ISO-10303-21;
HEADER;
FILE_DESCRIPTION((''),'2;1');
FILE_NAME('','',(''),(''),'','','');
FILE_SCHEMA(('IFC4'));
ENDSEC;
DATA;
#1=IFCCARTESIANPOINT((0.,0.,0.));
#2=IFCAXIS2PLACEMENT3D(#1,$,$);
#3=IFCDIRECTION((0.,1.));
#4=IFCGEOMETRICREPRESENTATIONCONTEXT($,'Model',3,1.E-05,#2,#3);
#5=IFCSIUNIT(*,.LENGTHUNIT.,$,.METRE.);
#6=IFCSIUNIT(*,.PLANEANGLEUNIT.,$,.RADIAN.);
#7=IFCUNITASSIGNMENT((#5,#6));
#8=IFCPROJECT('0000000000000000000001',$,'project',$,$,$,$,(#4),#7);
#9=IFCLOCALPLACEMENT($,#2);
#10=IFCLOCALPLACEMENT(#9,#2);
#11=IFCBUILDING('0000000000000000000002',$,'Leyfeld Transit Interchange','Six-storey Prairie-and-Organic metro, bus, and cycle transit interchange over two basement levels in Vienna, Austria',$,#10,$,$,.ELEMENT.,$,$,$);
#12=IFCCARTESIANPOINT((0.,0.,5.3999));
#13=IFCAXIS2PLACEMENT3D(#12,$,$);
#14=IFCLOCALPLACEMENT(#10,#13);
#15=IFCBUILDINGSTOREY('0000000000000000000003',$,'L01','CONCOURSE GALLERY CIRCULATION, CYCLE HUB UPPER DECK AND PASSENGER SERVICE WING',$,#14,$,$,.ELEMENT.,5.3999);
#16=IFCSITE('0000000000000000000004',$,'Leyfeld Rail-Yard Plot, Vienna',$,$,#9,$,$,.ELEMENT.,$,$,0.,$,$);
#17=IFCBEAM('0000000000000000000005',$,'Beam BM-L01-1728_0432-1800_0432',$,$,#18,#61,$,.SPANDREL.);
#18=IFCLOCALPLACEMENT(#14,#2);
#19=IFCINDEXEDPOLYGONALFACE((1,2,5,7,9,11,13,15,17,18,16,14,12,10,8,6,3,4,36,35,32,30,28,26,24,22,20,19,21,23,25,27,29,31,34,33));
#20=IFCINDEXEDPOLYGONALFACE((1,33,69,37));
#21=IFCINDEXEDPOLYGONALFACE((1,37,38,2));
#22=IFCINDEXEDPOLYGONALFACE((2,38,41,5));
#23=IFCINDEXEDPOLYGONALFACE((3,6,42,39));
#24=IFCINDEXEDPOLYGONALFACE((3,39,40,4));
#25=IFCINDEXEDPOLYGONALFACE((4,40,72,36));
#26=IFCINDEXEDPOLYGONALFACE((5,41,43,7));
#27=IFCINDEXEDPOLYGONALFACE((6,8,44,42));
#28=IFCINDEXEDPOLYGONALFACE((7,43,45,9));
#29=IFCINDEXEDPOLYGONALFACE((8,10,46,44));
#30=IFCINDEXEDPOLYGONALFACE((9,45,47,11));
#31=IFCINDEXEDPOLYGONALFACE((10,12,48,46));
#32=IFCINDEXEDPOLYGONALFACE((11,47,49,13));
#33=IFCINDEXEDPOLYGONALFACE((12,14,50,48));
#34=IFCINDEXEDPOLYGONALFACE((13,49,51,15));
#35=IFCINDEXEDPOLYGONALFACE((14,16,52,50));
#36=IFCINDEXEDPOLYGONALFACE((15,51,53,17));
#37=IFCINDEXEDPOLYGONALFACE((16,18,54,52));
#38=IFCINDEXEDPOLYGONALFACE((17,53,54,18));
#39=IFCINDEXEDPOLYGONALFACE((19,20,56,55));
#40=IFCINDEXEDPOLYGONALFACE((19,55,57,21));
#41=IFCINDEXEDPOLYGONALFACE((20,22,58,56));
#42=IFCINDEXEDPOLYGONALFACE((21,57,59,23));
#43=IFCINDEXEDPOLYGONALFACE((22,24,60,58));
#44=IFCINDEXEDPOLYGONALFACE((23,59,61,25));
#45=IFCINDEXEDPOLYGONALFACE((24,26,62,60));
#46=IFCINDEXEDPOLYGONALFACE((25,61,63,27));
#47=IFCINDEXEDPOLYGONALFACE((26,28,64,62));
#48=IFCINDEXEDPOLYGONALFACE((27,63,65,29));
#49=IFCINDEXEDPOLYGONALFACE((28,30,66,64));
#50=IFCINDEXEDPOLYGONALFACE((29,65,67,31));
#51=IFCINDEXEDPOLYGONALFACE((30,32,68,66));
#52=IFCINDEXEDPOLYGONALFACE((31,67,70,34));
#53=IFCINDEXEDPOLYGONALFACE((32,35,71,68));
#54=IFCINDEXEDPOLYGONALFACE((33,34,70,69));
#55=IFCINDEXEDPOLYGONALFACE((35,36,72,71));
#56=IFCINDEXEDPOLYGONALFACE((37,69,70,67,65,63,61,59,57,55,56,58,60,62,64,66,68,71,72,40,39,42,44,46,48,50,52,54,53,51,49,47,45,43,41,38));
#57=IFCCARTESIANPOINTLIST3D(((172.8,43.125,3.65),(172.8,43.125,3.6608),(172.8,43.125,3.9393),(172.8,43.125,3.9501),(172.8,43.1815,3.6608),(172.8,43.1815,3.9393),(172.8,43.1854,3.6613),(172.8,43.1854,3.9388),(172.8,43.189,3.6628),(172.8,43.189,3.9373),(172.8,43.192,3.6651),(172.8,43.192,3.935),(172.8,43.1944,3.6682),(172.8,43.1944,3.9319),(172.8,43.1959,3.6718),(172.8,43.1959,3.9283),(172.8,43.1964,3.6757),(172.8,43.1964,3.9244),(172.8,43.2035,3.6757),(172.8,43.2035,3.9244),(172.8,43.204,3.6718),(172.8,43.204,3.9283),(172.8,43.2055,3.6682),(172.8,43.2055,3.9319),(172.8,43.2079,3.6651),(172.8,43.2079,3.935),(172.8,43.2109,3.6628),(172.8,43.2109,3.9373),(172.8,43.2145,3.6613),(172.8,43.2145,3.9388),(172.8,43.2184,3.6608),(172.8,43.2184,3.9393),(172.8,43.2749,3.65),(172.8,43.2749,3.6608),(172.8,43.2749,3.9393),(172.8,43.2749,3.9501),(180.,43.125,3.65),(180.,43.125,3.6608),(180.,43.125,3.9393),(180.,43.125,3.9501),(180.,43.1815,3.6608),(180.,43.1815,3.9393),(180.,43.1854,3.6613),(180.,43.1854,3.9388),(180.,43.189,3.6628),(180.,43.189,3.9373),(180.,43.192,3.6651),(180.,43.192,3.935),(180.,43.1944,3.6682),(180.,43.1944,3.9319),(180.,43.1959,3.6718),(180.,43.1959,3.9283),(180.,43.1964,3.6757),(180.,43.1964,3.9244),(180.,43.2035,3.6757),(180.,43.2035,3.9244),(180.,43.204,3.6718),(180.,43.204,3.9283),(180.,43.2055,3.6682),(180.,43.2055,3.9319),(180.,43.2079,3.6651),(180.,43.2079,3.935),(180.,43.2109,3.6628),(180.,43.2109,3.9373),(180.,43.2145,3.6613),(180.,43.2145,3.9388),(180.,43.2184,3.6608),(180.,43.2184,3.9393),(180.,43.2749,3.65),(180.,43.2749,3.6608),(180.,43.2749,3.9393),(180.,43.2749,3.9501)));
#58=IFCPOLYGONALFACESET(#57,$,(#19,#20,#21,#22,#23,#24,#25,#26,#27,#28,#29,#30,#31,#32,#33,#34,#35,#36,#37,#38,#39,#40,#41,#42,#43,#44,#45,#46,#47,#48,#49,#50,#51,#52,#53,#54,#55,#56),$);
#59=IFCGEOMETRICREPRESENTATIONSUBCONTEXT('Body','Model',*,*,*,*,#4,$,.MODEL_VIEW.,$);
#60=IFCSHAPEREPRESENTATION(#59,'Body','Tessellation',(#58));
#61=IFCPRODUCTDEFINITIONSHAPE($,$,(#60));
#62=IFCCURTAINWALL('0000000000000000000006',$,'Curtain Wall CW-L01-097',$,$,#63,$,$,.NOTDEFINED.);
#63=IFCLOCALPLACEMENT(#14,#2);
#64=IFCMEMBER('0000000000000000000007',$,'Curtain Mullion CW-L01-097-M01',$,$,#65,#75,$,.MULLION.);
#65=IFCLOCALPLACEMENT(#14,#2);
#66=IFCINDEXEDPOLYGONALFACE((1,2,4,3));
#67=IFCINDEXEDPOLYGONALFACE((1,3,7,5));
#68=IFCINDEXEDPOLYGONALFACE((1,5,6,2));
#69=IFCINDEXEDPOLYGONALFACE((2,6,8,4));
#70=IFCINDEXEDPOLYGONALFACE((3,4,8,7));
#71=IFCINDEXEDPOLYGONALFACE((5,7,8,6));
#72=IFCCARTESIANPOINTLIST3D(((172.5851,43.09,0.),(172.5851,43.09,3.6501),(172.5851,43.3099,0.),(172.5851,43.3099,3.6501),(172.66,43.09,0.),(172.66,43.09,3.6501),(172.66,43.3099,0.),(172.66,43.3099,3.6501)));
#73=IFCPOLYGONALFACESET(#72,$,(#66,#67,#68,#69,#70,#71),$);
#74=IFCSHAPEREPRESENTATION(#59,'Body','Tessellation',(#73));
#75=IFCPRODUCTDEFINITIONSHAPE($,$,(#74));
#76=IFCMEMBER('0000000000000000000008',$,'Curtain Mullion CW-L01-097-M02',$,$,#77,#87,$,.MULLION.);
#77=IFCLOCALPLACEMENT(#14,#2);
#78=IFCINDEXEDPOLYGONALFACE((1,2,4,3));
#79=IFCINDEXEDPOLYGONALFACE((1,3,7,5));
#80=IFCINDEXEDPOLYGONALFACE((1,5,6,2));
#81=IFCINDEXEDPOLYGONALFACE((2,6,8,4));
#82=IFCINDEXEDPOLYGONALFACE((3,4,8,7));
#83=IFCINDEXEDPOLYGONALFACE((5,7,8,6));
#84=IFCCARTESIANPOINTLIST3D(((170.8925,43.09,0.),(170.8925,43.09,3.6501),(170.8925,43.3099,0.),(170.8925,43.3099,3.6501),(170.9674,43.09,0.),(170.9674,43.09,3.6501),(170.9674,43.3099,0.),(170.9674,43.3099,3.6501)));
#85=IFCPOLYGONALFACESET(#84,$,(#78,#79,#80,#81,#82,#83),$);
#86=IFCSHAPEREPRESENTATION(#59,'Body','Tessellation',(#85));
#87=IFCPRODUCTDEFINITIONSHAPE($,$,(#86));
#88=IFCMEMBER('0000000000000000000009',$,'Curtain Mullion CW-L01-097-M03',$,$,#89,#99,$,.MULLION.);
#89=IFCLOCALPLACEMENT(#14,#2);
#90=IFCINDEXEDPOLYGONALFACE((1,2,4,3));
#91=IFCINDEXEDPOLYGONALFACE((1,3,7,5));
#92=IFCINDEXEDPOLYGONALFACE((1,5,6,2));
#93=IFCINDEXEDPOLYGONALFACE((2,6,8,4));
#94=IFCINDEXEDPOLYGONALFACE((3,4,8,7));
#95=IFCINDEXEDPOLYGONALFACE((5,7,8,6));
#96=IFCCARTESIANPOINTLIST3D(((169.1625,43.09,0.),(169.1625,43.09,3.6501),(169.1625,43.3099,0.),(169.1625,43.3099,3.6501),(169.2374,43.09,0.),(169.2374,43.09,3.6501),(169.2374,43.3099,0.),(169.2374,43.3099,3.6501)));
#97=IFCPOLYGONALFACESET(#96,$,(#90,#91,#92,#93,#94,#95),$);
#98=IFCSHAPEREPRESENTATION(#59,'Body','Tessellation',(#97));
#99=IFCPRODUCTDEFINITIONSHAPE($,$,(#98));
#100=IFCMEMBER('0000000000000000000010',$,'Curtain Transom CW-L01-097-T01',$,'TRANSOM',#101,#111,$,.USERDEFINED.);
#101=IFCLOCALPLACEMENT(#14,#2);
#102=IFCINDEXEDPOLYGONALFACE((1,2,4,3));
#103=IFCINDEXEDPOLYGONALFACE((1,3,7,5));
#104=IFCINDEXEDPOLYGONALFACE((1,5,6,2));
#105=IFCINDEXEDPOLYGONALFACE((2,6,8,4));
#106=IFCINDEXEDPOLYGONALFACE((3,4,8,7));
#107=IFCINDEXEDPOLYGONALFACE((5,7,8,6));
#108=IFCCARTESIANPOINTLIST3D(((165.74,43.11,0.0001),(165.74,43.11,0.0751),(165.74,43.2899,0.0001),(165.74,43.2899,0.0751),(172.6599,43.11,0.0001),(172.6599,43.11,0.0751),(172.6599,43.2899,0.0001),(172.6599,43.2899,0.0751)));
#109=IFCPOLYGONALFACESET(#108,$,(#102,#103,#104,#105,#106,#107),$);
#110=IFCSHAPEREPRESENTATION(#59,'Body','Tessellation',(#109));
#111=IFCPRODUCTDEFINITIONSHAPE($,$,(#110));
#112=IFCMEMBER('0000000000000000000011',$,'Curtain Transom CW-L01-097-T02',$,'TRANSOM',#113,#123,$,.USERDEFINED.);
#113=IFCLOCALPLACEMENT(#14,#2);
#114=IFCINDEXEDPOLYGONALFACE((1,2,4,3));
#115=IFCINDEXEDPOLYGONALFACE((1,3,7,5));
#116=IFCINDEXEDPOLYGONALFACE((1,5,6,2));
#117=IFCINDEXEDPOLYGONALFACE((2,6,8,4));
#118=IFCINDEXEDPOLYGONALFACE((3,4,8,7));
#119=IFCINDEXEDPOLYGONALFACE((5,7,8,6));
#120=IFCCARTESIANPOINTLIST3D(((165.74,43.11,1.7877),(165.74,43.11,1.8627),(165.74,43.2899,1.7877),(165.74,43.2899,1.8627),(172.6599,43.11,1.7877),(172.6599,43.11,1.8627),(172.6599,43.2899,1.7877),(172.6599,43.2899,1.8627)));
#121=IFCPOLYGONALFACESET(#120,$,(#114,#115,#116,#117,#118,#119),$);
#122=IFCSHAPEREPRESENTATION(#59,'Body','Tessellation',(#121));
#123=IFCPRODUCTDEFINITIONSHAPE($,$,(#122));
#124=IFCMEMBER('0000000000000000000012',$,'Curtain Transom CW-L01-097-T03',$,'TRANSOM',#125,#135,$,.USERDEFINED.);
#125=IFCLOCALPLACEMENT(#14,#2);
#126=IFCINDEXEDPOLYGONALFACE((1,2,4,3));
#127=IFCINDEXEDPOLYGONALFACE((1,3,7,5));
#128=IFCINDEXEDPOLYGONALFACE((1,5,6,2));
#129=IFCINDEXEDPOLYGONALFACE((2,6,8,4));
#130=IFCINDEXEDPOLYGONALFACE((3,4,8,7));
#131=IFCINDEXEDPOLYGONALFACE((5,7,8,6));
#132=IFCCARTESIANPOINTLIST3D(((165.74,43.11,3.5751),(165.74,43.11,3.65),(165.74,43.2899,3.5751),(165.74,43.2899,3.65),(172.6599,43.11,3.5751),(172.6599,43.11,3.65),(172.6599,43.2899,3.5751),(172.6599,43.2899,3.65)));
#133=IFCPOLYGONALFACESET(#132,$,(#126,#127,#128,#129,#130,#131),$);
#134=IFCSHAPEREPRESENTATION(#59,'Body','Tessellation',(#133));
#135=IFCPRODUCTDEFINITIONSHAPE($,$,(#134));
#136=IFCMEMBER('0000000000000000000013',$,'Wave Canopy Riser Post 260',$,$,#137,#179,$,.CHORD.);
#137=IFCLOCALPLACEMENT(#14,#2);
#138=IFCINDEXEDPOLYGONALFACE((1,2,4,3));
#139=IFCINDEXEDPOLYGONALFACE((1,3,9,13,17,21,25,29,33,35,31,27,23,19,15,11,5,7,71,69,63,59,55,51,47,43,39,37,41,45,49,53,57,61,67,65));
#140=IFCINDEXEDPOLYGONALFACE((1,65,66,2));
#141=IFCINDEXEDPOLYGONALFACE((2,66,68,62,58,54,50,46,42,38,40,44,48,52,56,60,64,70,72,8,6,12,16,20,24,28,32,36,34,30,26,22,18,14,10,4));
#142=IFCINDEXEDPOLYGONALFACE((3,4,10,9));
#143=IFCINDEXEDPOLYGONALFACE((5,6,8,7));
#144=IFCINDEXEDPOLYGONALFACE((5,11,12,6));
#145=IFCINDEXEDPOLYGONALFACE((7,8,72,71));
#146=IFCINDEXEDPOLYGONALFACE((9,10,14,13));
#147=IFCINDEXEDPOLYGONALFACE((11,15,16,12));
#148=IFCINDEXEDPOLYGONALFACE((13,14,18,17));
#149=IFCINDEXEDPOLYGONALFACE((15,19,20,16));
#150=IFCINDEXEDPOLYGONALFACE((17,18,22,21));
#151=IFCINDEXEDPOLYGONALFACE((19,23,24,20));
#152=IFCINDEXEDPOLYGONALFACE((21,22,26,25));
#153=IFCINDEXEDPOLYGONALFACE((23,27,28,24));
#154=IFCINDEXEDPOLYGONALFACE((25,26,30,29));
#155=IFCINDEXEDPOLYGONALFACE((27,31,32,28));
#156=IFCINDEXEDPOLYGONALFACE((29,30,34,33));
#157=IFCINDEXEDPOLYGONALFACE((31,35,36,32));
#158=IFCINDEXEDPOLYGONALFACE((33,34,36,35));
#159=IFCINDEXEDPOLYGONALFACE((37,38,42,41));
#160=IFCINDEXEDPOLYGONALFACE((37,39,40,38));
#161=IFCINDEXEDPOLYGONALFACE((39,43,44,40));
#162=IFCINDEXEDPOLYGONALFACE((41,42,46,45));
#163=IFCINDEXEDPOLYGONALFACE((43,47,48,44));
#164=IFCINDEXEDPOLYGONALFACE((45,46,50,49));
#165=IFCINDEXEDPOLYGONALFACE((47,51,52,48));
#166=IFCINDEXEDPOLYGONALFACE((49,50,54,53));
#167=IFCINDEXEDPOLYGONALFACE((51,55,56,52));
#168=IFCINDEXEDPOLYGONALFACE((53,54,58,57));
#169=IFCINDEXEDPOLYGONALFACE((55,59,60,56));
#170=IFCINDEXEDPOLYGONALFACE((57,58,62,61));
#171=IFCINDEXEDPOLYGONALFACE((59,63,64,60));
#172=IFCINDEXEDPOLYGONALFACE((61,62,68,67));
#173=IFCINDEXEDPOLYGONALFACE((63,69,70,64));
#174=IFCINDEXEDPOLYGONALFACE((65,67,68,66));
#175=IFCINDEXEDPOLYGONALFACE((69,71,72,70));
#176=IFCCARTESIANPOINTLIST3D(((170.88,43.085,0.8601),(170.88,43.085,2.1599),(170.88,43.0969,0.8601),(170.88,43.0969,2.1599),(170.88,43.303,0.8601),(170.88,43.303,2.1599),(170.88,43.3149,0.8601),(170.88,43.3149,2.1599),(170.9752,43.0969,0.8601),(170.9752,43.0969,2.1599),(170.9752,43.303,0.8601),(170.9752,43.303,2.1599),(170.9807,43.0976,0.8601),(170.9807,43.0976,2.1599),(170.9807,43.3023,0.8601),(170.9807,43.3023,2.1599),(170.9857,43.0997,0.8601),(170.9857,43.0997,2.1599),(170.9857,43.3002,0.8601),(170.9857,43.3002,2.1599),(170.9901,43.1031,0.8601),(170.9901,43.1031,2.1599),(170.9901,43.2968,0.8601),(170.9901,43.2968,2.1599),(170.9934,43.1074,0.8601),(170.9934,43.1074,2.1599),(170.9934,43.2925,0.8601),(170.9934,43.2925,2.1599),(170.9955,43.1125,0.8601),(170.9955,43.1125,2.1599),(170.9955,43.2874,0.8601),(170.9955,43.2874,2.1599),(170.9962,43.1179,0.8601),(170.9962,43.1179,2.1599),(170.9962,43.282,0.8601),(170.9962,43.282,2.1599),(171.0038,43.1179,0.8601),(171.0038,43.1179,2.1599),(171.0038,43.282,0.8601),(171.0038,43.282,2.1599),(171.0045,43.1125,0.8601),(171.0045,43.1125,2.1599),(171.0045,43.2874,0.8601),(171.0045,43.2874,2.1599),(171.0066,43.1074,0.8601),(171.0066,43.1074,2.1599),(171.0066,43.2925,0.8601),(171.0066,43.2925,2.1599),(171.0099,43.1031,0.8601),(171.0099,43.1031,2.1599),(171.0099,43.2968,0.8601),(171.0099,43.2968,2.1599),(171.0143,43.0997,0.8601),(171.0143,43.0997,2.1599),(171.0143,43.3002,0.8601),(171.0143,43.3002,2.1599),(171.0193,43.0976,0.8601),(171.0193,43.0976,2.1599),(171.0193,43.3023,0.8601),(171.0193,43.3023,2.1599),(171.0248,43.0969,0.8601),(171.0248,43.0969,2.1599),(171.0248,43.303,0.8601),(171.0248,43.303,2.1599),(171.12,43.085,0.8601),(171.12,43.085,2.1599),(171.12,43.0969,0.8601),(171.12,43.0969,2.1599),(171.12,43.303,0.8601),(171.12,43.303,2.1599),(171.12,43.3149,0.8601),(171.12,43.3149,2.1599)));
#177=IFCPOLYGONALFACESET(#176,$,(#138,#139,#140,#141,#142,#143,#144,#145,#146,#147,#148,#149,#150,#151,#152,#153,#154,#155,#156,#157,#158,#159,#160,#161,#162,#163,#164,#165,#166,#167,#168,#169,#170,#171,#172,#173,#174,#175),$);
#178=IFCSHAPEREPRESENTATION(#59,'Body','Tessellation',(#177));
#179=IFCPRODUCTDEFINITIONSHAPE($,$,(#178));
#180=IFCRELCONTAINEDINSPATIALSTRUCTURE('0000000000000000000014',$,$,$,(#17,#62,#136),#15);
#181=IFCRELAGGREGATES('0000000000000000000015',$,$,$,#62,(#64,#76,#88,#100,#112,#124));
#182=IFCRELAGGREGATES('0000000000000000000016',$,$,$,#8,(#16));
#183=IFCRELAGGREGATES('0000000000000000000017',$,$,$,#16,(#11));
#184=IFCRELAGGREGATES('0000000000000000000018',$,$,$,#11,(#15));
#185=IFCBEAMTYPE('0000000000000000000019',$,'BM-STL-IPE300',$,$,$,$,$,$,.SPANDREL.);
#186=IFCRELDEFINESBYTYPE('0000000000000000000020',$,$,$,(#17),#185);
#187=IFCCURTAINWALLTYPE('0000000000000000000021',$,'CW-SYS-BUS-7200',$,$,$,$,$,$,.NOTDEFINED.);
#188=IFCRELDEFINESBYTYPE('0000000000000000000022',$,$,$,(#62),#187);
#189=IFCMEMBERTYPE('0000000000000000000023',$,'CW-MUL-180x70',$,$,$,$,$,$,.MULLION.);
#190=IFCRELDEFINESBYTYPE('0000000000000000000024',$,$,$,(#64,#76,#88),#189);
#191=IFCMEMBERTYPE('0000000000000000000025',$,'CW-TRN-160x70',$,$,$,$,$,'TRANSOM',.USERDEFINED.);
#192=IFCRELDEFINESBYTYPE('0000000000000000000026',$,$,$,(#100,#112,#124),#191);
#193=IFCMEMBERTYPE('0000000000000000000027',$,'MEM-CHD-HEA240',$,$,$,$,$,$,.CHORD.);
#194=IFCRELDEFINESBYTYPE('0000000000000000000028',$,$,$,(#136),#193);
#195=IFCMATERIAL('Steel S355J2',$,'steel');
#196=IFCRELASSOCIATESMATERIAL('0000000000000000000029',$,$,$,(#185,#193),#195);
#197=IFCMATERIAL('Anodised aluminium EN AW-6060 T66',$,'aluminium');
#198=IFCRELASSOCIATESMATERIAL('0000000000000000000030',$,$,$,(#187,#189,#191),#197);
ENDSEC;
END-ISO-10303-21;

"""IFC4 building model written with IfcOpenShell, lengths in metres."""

from ifc_helpers import new_model, si_unit, direction, frame, origin, origin_2d, place, context, subcontext, project, spatial, rectangle, i_section, extrude, material, material_profile, profile_set, type_object, element, aggregate, save


model = new_model("IFC4")

# Units and contexts
model_context = context("Model", 3, precision=1e-05, world=origin(), true_north=direction((0.0, 1.0)))
body_context = subcontext(model_context, "Body", "Model", "MODEL_VIEW")
ifc_project = project(units=[si_unit("LENGTHUNIT", "METRE"), si_unit("PLANEANGLEUNIT", "RADIAN")], contexts=[model_context])

# Site, building, storey
site_placement = place(None, origin())
site = spatial("IfcSite", under=ifc_project, at=site_placement, Name="Leyfeld Rail-Yard Plot, Vienna", CompositionType="ELEMENT", RefElevation=0.0)
building_placement = place(site_placement, origin())
building = spatial("IfcBuilding", under=site, at=building_placement, Name="Leyfeld Transit Interchange", Description="Six-storey Prairie-and-Organic metro, bus, and cycle transit interchange over two basement levels in Vienna, Austria", CompositionType="ELEMENT")
storey_placement = place(building_placement, frame((0.0, 0.0, 5.3999)))
storey = spatial("IfcBuildingStorey", under=building, at=storey_placement, Name="L01", Description="CONCOURSE GALLERY CIRCULATION, CYCLE HUB UPPER DECK AND PASSENGER SERVICE WING", CompositionType="ELEMENT", Elevation=5.3999)

# Shared definitions
ifc_material_1 = material(Name="Steel S355J2", Category="steel")

# Beam
ifc_material_profile_1 = material_profile(ifc_material_1, i_section(OverallWidth=0.1499, OverallDepth=0.3, WebThickness=0.0071, FlangeThickness=0.0107, FilletRadius=0.0149, at=origin_2d()), Name="IPE 300")
ifc_profile_set_1 = profile_set([ifc_material_profile_1], Name="Steel S355J2")
beam_type_1 = type_object("IfcBeamType", Name="BM-STL-IPE300", PredefinedType="SPANDREL", material=ifc_profile_set_1)
beam_1_placement = place(storey_placement, frame((172.8, 43.2, 3.8), z_axis=(1.0, 0.0, 0.0), x_axis=(0.0, 1.0, 0.0)))
element("IfcBeam", 1, at=beam_1_placement, inside=storey, type_object=beam_type_1, Name="Beam BM-L01-1728_0432-1800_0432", PredefinedType="SPANDREL", context=body_context, shape_type="SweptSolid", body=[
    extrude(i_section(OverallWidth=0.1499, OverallDepth=0.3, WebThickness=0.0071, FlangeThickness=0.0107, FilletRadius=0.0149, at=origin_2d()), origin(), (0.0, 0.0, 1.0), 7.2),
])

# Curtain wall, members
ifc_material_2 = material(Name="Anodised aluminium EN AW-6060 T66", Category="aluminium")
curtain_wall_type = type_object("IfcCurtainWallType", Name="CW-SYS-BUS-7200", PredefinedType="NOTDEFINED", material=ifc_material_2)
curtain_wall_placement = place(storey_placement, origin())
curtain_wall = element("IfcCurtainWall", 2, at=curtain_wall_placement, inside=storey, type_object=curtain_wall_type, Name="Curtain Wall CW-L01-097", PredefinedType="NOTDEFINED")
ifc_material_profile_2 = material_profile(ifc_material_2, rectangle(XDim=0.075, YDim=0.22, at=origin_2d()), Name="CW-M 75x220")
ifc_profile_set_2 = profile_set([ifc_material_profile_2], Name="Anodised aluminium EN AW-6060 T66")
member_type_1 = type_object("IfcMemberType", Name="CW-MUL-180x70", PredefinedType="MULLION", material=ifc_profile_set_2)
member_1_placement = place(storey_placement, frame((172.6226, 43.2, 0.0), z_axis=(0.0, 0.0, 1.0), x_axis=(-1.0, 0.0, 0.0)))
member_1 = element("IfcMember", 3, at=member_1_placement, type_object=member_type_1, Name="Curtain Mullion CW-L01-097-M01", PredefinedType="MULLION", context=body_context, shape_type="SweptSolid", body=[
    extrude(rectangle(XDim=0.075, YDim=0.22, at=origin_2d()), origin(), (0.0, 0.0, 1.0), 3.6501),
])
member_2_placement = place(storey_placement, frame((170.9299, 43.2, 0.0), z_axis=(0.0, 0.0, 1.0), x_axis=(-1.0, 0.0, 0.0)))
member_2 = element("IfcMember", 4, at=member_2_placement, type_object=member_type_1, Name="Curtain Mullion CW-L01-097-M02", PredefinedType="MULLION", context=body_context, shape_type="SweptSolid", body=[
    extrude(rectangle(XDim=0.075, YDim=0.22, at=origin_2d()), origin(), (0.0, 0.0, 1.0), 3.6501),
])
member_3_placement = place(storey_placement, frame((169.2, 43.2, 0.0), z_axis=(0.0, 0.0, 1.0), x_axis=(-1.0, 0.0, 0.0)))
member_3 = element("IfcMember", 5, at=member_3_placement, type_object=member_type_1, Name="Curtain Mullion CW-L01-097-M03", PredefinedType="MULLION", context=body_context, shape_type="SweptSolid", body=[
    extrude(rectangle(XDim=0.075, YDim=0.22, at=origin_2d()), origin(), (0.0, 0.0, 1.0), 3.6501),
])
ifc_material_profile_3 = material_profile(ifc_material_2, rectangle(XDim=0.1799, YDim=0.075, at=origin_2d()), Name="CW-TRN-160x70")
ifc_profile_set_3 = profile_set([ifc_material_profile_3], Name="Anodised aluminium EN AW-6060 T66")
member_type_2 = type_object("IfcMemberType", Name="CW-TRN-160x70", ElementType="TRANSOM", PredefinedType="USERDEFINED", material=ifc_profile_set_3)
member_4_placement = place(storey_placement, frame((172.6599, 43.2, 0.0376), z_axis=(-1.0, 0.0, 0.0), x_axis=(0.0, -1.0, 0.0)))
member_4 = element("IfcMember", 6, at=member_4_placement, type_object=member_type_2, Name="Curtain Transom CW-L01-097-T01", ObjectType="TRANSOM", PredefinedType="USERDEFINED", context=body_context, shape_type="SweptSolid", body=[
    extrude(rectangle(XDim=0.1799, YDim=0.075, at=origin_2d()), origin(), (0.0, 0.0, 1.0), 6.9199),
])
member_5_placement = place(storey_placement, frame((172.6599, 43.2, 1.8252), z_axis=(-1.0, 0.0, 0.0), x_axis=(0.0, -1.0, 0.0)))
member_5 = element("IfcMember", 7, at=member_5_placement, type_object=member_type_2, Name="Curtain Transom CW-L01-097-T02", ObjectType="TRANSOM", PredefinedType="USERDEFINED", context=body_context, shape_type="SweptSolid", body=[
    extrude(rectangle(XDim=0.1799, YDim=0.075, at=origin_2d()), origin(), (0.0, 0.0, 1.0), 6.9199),
])
member_6_placement = place(storey_placement, frame((172.6599, 43.2, 3.6125), z_axis=(-1.0, 0.0, 0.0), x_axis=(0.0, -1.0, 0.0)))
member_6 = element("IfcMember", 8, at=member_6_placement, type_object=member_type_2, Name="Curtain Transom CW-L01-097-T03", ObjectType="TRANSOM", PredefinedType="USERDEFINED", context=body_context, shape_type="SweptSolid", body=[
    extrude(rectangle(XDim=0.1799, YDim=0.075, at=origin_2d()), origin(), (0.0, 0.0, 1.0), 6.9199),
])

# Member
ifc_material_profile_4 = material_profile(ifc_material_1, i_section(OverallWidth=0.24, OverallDepth=0.23, WebThickness=0.0076, FlangeThickness=0.012, FilletRadius=0.021, at=origin_2d()), Name="HEA 240")
ifc_profile_set_4 = profile_set([ifc_material_profile_4], Name="Steel S355J2")
member_type_3 = type_object("IfcMemberType", Name="MEM-CHD-HEA240", PredefinedType="CHORD", material=ifc_profile_set_4)
member_7_placement = place(storey_placement, frame((171.0, 43.2, 0.8601), z_axis=(0.0, 0.0, 1.0), x_axis=(1.0, 0.0, 0.0)))
element("IfcMember", 9, at=member_7_placement, inside=storey, type_object=member_type_3, Name="Wave Canopy Riser Post 260", PredefinedType="CHORD", context=body_context, shape_type="SweptSolid", body=[
    extrude(i_section(OverallWidth=0.24, OverallDepth=0.23, WebThickness=0.0076, FlangeThickness=0.012, FilletRadius=0.021, at=origin_2d()), origin(), (0.0, 0.0, 1.0), 1.2998),
])

aggregate(curtain_wall, [member_1, member_2, member_3, member_4, member_5, member_6])

save(model, "model.ifc")
